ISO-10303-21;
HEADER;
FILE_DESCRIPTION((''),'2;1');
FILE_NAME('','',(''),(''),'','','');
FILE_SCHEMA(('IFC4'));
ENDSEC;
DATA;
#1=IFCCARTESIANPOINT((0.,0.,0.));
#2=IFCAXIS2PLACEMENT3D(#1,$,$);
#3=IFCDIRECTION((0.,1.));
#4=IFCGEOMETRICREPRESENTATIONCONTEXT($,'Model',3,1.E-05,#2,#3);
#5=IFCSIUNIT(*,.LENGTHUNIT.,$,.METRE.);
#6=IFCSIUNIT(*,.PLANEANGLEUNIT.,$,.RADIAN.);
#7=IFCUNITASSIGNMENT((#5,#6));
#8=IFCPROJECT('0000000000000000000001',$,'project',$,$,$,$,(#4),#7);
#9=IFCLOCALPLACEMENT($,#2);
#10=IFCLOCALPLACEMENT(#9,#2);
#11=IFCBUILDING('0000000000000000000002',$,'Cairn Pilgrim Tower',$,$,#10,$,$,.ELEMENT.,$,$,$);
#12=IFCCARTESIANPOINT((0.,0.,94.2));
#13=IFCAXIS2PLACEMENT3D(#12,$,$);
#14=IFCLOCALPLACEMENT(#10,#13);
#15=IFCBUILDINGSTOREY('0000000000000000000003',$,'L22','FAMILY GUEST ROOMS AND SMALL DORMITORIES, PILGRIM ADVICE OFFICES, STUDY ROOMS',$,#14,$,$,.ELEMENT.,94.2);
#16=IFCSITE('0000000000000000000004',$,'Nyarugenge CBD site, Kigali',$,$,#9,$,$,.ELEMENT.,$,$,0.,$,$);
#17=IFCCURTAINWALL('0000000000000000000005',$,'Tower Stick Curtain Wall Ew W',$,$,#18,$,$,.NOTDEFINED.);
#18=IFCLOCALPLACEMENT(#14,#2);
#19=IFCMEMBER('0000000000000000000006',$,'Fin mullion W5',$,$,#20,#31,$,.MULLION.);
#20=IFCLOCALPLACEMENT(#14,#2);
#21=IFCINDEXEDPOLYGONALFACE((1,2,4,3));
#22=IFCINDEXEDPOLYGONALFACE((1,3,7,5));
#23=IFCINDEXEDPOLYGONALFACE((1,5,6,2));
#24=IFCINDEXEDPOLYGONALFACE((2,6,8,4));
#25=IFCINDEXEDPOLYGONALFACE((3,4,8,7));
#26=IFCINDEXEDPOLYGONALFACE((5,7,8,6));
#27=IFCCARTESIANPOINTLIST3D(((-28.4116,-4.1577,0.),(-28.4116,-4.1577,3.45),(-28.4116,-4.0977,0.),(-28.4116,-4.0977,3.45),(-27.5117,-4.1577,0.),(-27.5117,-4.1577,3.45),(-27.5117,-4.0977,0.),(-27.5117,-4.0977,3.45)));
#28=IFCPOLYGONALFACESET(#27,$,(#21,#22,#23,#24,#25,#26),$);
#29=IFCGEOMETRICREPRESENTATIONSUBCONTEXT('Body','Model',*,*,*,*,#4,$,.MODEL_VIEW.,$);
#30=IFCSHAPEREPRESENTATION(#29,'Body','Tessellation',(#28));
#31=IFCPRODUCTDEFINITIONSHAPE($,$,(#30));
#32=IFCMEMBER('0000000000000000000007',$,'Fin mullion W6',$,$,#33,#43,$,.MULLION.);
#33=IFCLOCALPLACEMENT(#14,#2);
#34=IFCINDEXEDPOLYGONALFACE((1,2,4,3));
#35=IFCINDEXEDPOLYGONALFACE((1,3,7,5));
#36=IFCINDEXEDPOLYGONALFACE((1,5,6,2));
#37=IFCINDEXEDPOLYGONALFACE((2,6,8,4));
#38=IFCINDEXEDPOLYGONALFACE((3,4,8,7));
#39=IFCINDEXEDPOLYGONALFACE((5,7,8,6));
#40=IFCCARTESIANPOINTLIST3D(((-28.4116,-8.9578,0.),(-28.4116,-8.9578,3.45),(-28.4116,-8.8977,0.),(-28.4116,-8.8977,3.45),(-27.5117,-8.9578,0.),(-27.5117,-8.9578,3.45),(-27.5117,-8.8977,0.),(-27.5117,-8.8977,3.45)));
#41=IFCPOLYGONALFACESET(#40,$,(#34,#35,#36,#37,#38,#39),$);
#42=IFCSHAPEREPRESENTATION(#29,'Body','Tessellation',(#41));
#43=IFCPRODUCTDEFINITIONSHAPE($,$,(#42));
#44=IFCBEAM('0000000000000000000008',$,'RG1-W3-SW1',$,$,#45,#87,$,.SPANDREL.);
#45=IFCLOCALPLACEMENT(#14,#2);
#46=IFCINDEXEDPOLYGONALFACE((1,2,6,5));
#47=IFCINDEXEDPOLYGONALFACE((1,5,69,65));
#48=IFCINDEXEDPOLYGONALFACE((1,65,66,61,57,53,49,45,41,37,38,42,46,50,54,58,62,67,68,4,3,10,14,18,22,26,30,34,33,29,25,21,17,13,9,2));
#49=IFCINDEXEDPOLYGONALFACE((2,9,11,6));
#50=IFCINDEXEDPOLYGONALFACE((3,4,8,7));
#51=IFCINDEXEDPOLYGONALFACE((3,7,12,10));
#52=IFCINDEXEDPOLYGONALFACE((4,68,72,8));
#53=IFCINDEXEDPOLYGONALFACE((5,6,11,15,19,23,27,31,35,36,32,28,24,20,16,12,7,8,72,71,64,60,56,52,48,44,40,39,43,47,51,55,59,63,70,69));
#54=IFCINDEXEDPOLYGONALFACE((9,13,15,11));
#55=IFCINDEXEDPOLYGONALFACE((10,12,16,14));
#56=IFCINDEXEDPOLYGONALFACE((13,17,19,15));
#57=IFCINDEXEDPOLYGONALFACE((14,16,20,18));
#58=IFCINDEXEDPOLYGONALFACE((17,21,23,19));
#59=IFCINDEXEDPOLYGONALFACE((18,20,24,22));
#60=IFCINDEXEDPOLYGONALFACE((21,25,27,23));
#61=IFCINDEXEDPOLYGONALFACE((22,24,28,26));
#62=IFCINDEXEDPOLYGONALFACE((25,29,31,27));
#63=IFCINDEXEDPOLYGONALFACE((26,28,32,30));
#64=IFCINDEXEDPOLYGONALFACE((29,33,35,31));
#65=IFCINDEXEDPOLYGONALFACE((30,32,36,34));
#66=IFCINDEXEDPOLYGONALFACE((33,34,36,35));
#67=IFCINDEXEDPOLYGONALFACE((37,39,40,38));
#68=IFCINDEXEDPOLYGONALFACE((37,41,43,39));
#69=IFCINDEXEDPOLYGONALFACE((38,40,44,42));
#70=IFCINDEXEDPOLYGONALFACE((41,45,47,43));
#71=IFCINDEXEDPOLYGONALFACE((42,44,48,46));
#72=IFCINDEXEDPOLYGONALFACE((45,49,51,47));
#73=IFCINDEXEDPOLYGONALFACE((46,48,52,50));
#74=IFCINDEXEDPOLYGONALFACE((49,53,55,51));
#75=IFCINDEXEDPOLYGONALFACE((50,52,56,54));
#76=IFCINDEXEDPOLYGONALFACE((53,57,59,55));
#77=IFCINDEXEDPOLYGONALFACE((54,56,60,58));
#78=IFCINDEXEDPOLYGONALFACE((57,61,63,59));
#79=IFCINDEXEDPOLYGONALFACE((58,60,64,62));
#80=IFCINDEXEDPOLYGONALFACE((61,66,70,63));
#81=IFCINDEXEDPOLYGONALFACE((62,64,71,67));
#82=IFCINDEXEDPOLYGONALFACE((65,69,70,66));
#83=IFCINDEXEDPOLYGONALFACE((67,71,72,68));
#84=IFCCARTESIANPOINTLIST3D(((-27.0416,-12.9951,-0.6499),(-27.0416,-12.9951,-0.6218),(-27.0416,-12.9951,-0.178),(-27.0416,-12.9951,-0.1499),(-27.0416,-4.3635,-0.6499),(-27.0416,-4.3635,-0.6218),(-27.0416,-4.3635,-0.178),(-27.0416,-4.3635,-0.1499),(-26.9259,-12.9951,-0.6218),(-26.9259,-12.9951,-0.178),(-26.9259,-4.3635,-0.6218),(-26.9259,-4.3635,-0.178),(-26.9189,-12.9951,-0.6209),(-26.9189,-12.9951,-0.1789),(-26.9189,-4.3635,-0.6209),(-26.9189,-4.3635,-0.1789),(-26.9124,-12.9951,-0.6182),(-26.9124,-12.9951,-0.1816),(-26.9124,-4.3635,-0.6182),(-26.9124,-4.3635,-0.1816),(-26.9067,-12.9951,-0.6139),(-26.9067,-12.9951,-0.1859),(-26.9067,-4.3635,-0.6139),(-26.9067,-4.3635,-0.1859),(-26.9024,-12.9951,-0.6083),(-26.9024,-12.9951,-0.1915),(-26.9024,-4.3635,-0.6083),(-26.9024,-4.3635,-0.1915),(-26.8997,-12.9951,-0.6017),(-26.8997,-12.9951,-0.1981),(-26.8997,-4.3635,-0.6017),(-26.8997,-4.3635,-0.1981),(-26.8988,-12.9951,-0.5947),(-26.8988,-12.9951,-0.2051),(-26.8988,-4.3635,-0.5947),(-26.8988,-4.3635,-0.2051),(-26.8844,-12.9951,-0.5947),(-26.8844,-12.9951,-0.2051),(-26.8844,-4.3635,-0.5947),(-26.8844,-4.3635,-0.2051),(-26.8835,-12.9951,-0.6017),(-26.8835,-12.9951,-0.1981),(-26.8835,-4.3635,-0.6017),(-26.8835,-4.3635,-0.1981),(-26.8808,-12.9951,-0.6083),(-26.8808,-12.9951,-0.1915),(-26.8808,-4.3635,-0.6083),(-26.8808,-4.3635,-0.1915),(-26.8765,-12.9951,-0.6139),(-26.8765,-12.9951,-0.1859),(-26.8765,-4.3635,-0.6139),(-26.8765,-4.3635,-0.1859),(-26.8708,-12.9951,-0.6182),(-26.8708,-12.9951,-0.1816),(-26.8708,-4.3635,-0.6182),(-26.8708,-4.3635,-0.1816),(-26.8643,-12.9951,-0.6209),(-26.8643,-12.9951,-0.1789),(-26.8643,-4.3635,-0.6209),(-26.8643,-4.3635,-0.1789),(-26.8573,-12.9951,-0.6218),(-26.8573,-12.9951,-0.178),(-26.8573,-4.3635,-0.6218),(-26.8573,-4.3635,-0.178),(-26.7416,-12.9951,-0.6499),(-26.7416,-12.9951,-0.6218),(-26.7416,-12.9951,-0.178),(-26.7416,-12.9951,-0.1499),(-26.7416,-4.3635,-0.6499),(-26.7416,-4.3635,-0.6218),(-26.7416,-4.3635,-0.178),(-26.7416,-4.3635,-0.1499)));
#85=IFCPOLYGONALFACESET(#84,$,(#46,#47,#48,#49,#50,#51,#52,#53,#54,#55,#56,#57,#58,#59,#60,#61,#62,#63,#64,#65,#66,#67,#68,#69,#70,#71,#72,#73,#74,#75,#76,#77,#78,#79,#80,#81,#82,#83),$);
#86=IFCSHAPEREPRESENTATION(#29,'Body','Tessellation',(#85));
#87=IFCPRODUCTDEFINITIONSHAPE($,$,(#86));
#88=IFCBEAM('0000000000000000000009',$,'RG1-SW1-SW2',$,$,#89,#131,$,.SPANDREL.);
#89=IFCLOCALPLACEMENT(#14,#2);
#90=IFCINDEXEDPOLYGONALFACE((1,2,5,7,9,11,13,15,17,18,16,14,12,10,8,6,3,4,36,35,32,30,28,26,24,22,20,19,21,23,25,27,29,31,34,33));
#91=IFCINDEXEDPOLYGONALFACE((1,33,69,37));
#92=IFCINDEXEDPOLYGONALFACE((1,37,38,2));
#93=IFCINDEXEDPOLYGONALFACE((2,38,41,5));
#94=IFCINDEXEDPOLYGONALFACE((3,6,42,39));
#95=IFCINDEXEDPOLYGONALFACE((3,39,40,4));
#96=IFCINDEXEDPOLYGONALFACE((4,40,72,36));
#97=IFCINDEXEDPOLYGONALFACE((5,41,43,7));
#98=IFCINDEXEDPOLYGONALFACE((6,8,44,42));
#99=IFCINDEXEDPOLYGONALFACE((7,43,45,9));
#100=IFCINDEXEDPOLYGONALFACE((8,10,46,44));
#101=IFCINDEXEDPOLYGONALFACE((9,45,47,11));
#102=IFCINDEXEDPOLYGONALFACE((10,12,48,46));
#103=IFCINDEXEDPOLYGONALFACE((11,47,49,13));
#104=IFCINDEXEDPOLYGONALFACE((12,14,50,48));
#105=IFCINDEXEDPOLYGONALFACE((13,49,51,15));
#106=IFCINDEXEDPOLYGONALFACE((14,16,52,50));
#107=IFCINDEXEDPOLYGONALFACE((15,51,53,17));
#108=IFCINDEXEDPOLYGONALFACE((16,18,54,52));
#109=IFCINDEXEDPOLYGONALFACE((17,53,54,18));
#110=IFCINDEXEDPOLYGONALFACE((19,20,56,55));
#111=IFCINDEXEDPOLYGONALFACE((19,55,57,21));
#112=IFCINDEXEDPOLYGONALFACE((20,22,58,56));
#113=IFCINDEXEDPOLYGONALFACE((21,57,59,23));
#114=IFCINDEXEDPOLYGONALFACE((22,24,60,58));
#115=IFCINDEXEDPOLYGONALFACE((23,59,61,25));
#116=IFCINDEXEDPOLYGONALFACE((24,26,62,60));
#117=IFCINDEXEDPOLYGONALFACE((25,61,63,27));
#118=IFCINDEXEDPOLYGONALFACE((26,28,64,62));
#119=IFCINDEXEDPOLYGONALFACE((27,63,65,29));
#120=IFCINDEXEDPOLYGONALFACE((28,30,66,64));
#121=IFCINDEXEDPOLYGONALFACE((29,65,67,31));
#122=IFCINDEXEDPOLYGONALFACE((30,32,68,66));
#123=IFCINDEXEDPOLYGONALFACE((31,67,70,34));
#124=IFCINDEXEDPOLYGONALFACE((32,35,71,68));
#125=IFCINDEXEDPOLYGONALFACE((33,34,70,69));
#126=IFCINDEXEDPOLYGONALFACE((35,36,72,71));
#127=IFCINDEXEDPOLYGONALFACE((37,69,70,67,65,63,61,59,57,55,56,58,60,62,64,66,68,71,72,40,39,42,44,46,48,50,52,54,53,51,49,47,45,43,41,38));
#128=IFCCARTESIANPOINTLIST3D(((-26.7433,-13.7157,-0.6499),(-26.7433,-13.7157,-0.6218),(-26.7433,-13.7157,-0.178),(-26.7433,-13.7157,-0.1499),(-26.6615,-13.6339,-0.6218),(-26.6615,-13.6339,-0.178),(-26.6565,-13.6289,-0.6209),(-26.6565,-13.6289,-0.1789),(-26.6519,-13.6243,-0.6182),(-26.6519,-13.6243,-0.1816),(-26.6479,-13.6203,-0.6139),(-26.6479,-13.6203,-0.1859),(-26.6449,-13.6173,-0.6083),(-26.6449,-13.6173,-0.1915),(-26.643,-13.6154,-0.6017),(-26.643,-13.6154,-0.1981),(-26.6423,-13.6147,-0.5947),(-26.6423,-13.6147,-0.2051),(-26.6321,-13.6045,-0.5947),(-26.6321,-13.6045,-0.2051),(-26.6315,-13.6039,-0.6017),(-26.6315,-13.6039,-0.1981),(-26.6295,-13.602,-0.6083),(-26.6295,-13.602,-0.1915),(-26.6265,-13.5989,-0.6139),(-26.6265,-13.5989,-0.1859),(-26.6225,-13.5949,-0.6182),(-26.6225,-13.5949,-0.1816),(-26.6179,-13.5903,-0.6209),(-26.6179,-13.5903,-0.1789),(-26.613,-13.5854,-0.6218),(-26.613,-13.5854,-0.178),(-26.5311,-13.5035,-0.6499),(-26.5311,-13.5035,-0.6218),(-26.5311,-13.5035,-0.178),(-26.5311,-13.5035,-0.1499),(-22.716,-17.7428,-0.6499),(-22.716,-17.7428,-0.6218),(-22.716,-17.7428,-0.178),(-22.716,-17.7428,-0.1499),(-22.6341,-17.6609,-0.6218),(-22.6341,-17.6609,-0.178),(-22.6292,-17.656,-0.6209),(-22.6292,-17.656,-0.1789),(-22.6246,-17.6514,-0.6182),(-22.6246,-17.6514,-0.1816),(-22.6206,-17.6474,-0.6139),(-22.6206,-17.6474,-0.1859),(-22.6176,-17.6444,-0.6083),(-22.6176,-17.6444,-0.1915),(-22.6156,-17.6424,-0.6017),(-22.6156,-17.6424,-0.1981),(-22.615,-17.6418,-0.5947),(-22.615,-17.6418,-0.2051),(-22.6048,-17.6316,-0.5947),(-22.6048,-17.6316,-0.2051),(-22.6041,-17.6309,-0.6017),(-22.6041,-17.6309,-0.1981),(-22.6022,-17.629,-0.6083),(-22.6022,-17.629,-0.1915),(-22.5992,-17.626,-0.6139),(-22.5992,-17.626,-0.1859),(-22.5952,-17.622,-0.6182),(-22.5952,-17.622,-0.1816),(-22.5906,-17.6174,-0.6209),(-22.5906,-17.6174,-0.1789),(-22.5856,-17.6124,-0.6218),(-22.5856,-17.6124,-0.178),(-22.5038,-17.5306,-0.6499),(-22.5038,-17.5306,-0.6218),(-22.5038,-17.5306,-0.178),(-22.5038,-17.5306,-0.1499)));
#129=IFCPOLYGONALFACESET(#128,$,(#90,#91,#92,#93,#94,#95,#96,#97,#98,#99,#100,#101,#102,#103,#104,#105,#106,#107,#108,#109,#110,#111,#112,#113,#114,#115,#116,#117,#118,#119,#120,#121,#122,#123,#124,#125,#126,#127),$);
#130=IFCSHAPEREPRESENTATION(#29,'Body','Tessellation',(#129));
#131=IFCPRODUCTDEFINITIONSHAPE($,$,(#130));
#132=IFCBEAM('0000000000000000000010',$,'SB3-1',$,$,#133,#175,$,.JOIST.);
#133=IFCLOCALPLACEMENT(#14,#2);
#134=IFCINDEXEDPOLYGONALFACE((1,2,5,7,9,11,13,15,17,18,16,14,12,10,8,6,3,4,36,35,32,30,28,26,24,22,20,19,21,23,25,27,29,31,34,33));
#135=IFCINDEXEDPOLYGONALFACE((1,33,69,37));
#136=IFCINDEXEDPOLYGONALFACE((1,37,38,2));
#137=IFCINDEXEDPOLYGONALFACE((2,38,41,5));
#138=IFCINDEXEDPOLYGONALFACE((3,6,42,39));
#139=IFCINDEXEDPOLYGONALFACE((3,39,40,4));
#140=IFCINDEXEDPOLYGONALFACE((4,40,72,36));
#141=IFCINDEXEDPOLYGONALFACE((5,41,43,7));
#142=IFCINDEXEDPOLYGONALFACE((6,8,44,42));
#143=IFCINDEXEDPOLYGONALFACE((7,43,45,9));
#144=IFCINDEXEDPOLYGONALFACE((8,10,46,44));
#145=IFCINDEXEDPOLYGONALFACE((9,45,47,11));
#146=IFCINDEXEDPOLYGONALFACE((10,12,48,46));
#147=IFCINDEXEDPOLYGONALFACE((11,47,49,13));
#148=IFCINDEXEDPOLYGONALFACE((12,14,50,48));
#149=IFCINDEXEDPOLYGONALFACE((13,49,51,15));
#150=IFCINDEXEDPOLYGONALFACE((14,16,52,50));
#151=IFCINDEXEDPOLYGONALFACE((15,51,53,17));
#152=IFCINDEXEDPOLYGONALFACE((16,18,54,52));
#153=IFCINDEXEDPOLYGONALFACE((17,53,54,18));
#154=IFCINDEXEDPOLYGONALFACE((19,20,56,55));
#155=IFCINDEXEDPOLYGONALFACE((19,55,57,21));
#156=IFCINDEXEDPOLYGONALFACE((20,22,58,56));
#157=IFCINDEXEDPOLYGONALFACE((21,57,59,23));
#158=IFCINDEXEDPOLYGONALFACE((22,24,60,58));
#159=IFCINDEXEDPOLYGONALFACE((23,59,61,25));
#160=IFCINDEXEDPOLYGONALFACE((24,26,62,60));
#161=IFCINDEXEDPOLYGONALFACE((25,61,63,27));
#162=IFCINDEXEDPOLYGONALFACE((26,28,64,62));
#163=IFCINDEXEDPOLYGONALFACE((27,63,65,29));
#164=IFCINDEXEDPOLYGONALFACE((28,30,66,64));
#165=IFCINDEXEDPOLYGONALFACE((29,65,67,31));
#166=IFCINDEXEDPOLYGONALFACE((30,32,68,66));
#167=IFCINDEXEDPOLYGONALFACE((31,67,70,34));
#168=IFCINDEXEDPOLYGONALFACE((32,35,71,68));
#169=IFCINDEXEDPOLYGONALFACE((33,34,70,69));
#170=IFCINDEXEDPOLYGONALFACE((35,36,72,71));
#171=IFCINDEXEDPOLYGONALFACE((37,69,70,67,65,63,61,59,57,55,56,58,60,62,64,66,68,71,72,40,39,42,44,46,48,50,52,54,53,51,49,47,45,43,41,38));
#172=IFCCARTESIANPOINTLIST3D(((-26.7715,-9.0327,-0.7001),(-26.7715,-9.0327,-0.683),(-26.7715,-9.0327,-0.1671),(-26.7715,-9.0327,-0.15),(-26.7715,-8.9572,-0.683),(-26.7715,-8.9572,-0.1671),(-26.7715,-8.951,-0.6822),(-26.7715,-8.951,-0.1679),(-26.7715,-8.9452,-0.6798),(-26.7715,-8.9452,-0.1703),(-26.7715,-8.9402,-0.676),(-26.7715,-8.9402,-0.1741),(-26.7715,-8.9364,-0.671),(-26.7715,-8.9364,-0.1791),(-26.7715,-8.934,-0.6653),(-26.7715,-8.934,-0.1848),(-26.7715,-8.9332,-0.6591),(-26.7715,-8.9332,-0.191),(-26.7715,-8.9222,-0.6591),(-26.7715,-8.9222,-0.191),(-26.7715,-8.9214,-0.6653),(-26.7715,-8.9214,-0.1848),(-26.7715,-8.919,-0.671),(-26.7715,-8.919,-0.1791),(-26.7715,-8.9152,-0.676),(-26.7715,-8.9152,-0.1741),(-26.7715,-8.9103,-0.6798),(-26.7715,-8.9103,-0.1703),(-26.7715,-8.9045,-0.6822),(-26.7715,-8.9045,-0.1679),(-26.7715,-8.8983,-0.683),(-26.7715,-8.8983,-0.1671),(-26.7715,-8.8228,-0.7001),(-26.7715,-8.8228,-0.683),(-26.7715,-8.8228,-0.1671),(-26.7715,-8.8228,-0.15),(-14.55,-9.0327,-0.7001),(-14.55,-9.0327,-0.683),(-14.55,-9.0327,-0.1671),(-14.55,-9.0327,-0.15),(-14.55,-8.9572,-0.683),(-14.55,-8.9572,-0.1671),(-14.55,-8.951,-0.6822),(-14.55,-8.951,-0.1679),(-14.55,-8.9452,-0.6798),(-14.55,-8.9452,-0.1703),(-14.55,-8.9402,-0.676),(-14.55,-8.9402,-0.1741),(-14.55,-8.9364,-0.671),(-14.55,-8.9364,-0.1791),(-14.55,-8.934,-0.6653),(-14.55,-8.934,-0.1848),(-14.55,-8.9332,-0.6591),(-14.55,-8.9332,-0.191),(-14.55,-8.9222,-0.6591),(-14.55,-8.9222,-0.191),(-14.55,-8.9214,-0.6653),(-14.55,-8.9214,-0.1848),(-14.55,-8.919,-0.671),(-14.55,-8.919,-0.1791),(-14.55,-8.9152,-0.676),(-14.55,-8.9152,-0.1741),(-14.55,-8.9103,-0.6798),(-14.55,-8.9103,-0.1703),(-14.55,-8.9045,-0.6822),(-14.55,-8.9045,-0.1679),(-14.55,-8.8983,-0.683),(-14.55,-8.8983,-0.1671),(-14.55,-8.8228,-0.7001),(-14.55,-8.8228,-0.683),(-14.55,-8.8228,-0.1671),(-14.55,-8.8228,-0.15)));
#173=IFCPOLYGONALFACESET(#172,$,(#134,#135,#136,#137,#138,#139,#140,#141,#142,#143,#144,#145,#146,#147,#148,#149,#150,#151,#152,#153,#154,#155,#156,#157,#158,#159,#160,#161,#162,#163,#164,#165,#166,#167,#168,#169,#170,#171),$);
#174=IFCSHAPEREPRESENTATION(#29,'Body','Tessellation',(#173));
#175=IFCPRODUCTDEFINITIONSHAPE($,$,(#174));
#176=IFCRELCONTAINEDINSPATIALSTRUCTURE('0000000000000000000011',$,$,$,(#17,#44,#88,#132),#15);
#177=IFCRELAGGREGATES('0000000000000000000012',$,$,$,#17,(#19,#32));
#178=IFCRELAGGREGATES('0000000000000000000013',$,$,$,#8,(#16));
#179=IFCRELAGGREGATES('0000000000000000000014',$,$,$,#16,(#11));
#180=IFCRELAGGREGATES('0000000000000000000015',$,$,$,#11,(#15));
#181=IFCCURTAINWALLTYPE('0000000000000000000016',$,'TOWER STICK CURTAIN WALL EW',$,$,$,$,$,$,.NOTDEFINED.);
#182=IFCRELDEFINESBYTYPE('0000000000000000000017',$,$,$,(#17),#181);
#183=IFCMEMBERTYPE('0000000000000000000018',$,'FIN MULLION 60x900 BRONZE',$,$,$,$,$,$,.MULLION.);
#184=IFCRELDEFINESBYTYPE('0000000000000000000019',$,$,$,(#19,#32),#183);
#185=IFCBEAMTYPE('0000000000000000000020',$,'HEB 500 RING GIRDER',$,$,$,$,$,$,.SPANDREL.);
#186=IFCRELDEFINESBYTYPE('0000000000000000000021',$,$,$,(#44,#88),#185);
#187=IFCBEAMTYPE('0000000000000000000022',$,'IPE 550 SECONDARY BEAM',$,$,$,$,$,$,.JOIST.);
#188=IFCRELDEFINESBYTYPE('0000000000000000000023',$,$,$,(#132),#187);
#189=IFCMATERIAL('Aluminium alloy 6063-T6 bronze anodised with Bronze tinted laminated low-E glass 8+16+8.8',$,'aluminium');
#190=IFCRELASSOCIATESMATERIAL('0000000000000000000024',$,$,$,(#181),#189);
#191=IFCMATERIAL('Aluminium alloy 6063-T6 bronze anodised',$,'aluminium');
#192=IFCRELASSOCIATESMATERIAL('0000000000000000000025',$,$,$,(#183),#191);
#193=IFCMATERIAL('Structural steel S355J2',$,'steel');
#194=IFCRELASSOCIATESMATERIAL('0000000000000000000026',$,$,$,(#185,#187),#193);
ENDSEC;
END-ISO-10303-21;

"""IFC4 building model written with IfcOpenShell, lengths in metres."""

from ifc_helpers import new_model, si_unit, direction, frame, origin, origin_2d, place, context, subcontext, project, spatial, rectangle, i_section, extrude, material, material_profile, profile_set, type_object, element, aggregate, save


model = new_model("IFC4")

# Units and contexts
model_context = context("Model", 3, precision=1e-05, world=origin(), true_north=direction((0.0, 1.0)))
body_context = subcontext(model_context, "Body", "Model", "MODEL_VIEW")
ifc_project = project(units=[si_unit("LENGTHUNIT", "METRE"), si_unit("PLANEANGLEUNIT", "RADIAN")], contexts=[model_context])

# Site, building, storey
site_placement = place(None, origin())
site = spatial("IfcSite", under=ifc_project, at=site_placement, Name="Nyarugenge CBD site, Kigali", CompositionType="ELEMENT", RefElevation=0.0)
building_placement = place(site_placement, origin())
building = spatial("IfcBuilding", under=site, at=building_placement, Name="Cairn Pilgrim Tower", CompositionType="ELEMENT")
storey_placement = place(building_placement, frame((0.0, 0.0, 94.2)))
storey = spatial("IfcBuildingStorey", under=building, at=storey_placement, Name="L22", Description="FAMILY GUEST ROOMS AND SMALL DORMITORIES, PILGRIM ADVICE OFFICES, STUDY ROOMS", CompositionType="ELEMENT", Elevation=94.2)

# Curtain wall, members
ifc_material_1 = material(Name="Aluminium alloy 6063-T6 bronze anodised with Bronze tinted laminated low-E glass 8+16+8.8", Category="aluminium")
curtain_wall_type = type_object("IfcCurtainWallType", Name="TOWER STICK CURTAIN WALL EW", PredefinedType="NOTDEFINED", material=ifc_material_1)
curtain_wall_placement = place(storey_placement, origin())
curtain_wall = element("IfcCurtainWall", 1, at=curtain_wall_placement, inside=storey, type_object=curtain_wall_type, Name="Tower Stick Curtain Wall Ew W", PredefinedType="NOTDEFINED")
ifc_material_2 = material(Name="Aluminium alloy 6063-T6 bronze anodised", Category="aluminium")
ifc_material_profile_1 = material_profile(ifc_material_2, rectangle(XDim=0.8999, YDim=0.0601, at=origin_2d()), Name="FIN MULLION 60x900 BRONZE")
ifc_profile_set_1 = profile_set([ifc_material_profile_1], Name="Aluminium alloy 6063-T6 bronze anodised")
member_type_1 = type_object("IfcMemberType", Name="FIN MULLION 60x900 BRONZE", PredefinedType="MULLION", material=ifc_profile_set_1)
member_1_placement = place(storey_placement, frame((-27.9617, -4.1277, 0.0), z_axis=(0.0, 0.0, 1.0), x_axis=(-1.0, 0.0, 0.0)))
member_1 = element("IfcMember", 2, at=member_1_placement, type_object=member_type_1, Name="Fin mullion W5", PredefinedType="MULLION", context=body_context, shape_type="SweptSolid", body=[
    extrude(rectangle(XDim=0.8999, YDim=0.0601, at=origin_2d()), origin(), (0.0, 0.0, 1.0), 3.45),
])
member_2_placement = place(storey_placement, frame((-27.9617, -8.9277, 0.0), z_axis=(0.0, 0.0, 1.0), x_axis=(-1.0, 0.0, 0.0)))
member_2 = element("IfcMember", 3, at=member_2_placement, type_object=member_type_1, Name="Fin mullion W6", PredefinedType="MULLION", context=body_context, shape_type="SweptSolid", body=[
    extrude(rectangle(XDim=0.8999, YDim=0.0601, at=origin_2d()), origin(), (0.0, 0.0, 1.0), 3.45),
])

# Beams
ifc_material_3 = material(Name="Structural steel S355J2", Category="steel")
ifc_material_profile_2 = material_profile(ifc_material_3, i_section(OverallWidth=0.3, OverallDepth=0.5, WebThickness=0.0144, FlangeThickness=0.0281, FilletRadius=0.0271, at=origin_2d()), Name="HEB 500")
ifc_profile_set_2 = profile_set([ifc_material_profile_2], Name="Structural steel S355J2")
beam_type_1 = type_object("IfcBeamType", Name="HEB 500 RING GIRDER", PredefinedType="SPANDREL", material=ifc_profile_set_2)
beam_1_placement = place(storey_placement, frame((-26.8916, -4.3635, -0.3999), z_axis=(0.0, -1.0, 0.0), x_axis=(1.0, 0.0, 0.0)))
element("IfcBeam", 4, at=beam_1_placement, inside=storey, type_object=beam_type_1, Name="RG1-W3-SW1", PredefinedType="SPANDREL", context=body_context, shape_type="SweptSolid", body=[
    extrude(i_section(OverallWidth=0.3, OverallDepth=0.5, WebThickness=0.0144, FlangeThickness=0.0281, FilletRadius=0.0271, at=origin_2d()), origin(), (0.0, 0.0, 1.0), 8.6316),
])
beam_2_placement = place(storey_placement, frame((-26.6372, -13.6096, -0.3999), z_axis=(0.707128, -0.707085, 0.0), x_axis=(0.707085, 0.707128, 0.0)))
element("IfcBeam", 5, at=beam_2_placement, inside=storey, type_object=beam_type_1, Name="RG1-SW1-SW2", PredefinedType="SPANDREL", context=body_context, shape_type="SweptSolid", body=[
    extrude(i_section(OverallWidth=0.3, OverallDepth=0.5, WebThickness=0.0144, FlangeThickness=0.0281, FilletRadius=0.0271, at=origin_2d()), origin(), (0.0, 0.0, 1.0), 5.6953),
])
ifc_material_profile_3 = material_profile(ifc_material_3, i_section(OverallWidth=0.21, OverallDepth=0.55, WebThickness=0.011, FlangeThickness=0.0171, FilletRadius=0.0239, at=origin_2d()), Name="IPE 550")
ifc_profile_set_3 = profile_set([ifc_material_profile_3], Name="Structural steel S355J2")
beam_type_2 = type_object("IfcBeamType", Name="IPE 550 SECONDARY BEAM", PredefinedType="JOIST", material=ifc_profile_set_3)
for number, where, z_axis, x_axis, name in (
    (6, (-26.7715, -8.9277, -0.425), (1.0, 0.0, 0.0), (0.0, 1.0, 0.0), "SB3-1"),
):
    element("IfcBeam", number, at=place(storey_placement, frame(where, z_axis=z_axis, x_axis=x_axis)), inside=storey, type_object=beam_type_2, Name=name, PredefinedType="JOIST", context=body_context, shape_type="SweptSolid", body=[
        extrude(i_section(OverallWidth=0.21, OverallDepth=0.55, WebThickness=0.011, FlangeThickness=0.0171, FilletRadius=0.0239, at=origin_2d()), origin(), (0.0, 0.0, 1.0), 12.2214),
    ])

aggregate(curtain_wall, [member_1, member_2])

save(model, "model.ifc")
